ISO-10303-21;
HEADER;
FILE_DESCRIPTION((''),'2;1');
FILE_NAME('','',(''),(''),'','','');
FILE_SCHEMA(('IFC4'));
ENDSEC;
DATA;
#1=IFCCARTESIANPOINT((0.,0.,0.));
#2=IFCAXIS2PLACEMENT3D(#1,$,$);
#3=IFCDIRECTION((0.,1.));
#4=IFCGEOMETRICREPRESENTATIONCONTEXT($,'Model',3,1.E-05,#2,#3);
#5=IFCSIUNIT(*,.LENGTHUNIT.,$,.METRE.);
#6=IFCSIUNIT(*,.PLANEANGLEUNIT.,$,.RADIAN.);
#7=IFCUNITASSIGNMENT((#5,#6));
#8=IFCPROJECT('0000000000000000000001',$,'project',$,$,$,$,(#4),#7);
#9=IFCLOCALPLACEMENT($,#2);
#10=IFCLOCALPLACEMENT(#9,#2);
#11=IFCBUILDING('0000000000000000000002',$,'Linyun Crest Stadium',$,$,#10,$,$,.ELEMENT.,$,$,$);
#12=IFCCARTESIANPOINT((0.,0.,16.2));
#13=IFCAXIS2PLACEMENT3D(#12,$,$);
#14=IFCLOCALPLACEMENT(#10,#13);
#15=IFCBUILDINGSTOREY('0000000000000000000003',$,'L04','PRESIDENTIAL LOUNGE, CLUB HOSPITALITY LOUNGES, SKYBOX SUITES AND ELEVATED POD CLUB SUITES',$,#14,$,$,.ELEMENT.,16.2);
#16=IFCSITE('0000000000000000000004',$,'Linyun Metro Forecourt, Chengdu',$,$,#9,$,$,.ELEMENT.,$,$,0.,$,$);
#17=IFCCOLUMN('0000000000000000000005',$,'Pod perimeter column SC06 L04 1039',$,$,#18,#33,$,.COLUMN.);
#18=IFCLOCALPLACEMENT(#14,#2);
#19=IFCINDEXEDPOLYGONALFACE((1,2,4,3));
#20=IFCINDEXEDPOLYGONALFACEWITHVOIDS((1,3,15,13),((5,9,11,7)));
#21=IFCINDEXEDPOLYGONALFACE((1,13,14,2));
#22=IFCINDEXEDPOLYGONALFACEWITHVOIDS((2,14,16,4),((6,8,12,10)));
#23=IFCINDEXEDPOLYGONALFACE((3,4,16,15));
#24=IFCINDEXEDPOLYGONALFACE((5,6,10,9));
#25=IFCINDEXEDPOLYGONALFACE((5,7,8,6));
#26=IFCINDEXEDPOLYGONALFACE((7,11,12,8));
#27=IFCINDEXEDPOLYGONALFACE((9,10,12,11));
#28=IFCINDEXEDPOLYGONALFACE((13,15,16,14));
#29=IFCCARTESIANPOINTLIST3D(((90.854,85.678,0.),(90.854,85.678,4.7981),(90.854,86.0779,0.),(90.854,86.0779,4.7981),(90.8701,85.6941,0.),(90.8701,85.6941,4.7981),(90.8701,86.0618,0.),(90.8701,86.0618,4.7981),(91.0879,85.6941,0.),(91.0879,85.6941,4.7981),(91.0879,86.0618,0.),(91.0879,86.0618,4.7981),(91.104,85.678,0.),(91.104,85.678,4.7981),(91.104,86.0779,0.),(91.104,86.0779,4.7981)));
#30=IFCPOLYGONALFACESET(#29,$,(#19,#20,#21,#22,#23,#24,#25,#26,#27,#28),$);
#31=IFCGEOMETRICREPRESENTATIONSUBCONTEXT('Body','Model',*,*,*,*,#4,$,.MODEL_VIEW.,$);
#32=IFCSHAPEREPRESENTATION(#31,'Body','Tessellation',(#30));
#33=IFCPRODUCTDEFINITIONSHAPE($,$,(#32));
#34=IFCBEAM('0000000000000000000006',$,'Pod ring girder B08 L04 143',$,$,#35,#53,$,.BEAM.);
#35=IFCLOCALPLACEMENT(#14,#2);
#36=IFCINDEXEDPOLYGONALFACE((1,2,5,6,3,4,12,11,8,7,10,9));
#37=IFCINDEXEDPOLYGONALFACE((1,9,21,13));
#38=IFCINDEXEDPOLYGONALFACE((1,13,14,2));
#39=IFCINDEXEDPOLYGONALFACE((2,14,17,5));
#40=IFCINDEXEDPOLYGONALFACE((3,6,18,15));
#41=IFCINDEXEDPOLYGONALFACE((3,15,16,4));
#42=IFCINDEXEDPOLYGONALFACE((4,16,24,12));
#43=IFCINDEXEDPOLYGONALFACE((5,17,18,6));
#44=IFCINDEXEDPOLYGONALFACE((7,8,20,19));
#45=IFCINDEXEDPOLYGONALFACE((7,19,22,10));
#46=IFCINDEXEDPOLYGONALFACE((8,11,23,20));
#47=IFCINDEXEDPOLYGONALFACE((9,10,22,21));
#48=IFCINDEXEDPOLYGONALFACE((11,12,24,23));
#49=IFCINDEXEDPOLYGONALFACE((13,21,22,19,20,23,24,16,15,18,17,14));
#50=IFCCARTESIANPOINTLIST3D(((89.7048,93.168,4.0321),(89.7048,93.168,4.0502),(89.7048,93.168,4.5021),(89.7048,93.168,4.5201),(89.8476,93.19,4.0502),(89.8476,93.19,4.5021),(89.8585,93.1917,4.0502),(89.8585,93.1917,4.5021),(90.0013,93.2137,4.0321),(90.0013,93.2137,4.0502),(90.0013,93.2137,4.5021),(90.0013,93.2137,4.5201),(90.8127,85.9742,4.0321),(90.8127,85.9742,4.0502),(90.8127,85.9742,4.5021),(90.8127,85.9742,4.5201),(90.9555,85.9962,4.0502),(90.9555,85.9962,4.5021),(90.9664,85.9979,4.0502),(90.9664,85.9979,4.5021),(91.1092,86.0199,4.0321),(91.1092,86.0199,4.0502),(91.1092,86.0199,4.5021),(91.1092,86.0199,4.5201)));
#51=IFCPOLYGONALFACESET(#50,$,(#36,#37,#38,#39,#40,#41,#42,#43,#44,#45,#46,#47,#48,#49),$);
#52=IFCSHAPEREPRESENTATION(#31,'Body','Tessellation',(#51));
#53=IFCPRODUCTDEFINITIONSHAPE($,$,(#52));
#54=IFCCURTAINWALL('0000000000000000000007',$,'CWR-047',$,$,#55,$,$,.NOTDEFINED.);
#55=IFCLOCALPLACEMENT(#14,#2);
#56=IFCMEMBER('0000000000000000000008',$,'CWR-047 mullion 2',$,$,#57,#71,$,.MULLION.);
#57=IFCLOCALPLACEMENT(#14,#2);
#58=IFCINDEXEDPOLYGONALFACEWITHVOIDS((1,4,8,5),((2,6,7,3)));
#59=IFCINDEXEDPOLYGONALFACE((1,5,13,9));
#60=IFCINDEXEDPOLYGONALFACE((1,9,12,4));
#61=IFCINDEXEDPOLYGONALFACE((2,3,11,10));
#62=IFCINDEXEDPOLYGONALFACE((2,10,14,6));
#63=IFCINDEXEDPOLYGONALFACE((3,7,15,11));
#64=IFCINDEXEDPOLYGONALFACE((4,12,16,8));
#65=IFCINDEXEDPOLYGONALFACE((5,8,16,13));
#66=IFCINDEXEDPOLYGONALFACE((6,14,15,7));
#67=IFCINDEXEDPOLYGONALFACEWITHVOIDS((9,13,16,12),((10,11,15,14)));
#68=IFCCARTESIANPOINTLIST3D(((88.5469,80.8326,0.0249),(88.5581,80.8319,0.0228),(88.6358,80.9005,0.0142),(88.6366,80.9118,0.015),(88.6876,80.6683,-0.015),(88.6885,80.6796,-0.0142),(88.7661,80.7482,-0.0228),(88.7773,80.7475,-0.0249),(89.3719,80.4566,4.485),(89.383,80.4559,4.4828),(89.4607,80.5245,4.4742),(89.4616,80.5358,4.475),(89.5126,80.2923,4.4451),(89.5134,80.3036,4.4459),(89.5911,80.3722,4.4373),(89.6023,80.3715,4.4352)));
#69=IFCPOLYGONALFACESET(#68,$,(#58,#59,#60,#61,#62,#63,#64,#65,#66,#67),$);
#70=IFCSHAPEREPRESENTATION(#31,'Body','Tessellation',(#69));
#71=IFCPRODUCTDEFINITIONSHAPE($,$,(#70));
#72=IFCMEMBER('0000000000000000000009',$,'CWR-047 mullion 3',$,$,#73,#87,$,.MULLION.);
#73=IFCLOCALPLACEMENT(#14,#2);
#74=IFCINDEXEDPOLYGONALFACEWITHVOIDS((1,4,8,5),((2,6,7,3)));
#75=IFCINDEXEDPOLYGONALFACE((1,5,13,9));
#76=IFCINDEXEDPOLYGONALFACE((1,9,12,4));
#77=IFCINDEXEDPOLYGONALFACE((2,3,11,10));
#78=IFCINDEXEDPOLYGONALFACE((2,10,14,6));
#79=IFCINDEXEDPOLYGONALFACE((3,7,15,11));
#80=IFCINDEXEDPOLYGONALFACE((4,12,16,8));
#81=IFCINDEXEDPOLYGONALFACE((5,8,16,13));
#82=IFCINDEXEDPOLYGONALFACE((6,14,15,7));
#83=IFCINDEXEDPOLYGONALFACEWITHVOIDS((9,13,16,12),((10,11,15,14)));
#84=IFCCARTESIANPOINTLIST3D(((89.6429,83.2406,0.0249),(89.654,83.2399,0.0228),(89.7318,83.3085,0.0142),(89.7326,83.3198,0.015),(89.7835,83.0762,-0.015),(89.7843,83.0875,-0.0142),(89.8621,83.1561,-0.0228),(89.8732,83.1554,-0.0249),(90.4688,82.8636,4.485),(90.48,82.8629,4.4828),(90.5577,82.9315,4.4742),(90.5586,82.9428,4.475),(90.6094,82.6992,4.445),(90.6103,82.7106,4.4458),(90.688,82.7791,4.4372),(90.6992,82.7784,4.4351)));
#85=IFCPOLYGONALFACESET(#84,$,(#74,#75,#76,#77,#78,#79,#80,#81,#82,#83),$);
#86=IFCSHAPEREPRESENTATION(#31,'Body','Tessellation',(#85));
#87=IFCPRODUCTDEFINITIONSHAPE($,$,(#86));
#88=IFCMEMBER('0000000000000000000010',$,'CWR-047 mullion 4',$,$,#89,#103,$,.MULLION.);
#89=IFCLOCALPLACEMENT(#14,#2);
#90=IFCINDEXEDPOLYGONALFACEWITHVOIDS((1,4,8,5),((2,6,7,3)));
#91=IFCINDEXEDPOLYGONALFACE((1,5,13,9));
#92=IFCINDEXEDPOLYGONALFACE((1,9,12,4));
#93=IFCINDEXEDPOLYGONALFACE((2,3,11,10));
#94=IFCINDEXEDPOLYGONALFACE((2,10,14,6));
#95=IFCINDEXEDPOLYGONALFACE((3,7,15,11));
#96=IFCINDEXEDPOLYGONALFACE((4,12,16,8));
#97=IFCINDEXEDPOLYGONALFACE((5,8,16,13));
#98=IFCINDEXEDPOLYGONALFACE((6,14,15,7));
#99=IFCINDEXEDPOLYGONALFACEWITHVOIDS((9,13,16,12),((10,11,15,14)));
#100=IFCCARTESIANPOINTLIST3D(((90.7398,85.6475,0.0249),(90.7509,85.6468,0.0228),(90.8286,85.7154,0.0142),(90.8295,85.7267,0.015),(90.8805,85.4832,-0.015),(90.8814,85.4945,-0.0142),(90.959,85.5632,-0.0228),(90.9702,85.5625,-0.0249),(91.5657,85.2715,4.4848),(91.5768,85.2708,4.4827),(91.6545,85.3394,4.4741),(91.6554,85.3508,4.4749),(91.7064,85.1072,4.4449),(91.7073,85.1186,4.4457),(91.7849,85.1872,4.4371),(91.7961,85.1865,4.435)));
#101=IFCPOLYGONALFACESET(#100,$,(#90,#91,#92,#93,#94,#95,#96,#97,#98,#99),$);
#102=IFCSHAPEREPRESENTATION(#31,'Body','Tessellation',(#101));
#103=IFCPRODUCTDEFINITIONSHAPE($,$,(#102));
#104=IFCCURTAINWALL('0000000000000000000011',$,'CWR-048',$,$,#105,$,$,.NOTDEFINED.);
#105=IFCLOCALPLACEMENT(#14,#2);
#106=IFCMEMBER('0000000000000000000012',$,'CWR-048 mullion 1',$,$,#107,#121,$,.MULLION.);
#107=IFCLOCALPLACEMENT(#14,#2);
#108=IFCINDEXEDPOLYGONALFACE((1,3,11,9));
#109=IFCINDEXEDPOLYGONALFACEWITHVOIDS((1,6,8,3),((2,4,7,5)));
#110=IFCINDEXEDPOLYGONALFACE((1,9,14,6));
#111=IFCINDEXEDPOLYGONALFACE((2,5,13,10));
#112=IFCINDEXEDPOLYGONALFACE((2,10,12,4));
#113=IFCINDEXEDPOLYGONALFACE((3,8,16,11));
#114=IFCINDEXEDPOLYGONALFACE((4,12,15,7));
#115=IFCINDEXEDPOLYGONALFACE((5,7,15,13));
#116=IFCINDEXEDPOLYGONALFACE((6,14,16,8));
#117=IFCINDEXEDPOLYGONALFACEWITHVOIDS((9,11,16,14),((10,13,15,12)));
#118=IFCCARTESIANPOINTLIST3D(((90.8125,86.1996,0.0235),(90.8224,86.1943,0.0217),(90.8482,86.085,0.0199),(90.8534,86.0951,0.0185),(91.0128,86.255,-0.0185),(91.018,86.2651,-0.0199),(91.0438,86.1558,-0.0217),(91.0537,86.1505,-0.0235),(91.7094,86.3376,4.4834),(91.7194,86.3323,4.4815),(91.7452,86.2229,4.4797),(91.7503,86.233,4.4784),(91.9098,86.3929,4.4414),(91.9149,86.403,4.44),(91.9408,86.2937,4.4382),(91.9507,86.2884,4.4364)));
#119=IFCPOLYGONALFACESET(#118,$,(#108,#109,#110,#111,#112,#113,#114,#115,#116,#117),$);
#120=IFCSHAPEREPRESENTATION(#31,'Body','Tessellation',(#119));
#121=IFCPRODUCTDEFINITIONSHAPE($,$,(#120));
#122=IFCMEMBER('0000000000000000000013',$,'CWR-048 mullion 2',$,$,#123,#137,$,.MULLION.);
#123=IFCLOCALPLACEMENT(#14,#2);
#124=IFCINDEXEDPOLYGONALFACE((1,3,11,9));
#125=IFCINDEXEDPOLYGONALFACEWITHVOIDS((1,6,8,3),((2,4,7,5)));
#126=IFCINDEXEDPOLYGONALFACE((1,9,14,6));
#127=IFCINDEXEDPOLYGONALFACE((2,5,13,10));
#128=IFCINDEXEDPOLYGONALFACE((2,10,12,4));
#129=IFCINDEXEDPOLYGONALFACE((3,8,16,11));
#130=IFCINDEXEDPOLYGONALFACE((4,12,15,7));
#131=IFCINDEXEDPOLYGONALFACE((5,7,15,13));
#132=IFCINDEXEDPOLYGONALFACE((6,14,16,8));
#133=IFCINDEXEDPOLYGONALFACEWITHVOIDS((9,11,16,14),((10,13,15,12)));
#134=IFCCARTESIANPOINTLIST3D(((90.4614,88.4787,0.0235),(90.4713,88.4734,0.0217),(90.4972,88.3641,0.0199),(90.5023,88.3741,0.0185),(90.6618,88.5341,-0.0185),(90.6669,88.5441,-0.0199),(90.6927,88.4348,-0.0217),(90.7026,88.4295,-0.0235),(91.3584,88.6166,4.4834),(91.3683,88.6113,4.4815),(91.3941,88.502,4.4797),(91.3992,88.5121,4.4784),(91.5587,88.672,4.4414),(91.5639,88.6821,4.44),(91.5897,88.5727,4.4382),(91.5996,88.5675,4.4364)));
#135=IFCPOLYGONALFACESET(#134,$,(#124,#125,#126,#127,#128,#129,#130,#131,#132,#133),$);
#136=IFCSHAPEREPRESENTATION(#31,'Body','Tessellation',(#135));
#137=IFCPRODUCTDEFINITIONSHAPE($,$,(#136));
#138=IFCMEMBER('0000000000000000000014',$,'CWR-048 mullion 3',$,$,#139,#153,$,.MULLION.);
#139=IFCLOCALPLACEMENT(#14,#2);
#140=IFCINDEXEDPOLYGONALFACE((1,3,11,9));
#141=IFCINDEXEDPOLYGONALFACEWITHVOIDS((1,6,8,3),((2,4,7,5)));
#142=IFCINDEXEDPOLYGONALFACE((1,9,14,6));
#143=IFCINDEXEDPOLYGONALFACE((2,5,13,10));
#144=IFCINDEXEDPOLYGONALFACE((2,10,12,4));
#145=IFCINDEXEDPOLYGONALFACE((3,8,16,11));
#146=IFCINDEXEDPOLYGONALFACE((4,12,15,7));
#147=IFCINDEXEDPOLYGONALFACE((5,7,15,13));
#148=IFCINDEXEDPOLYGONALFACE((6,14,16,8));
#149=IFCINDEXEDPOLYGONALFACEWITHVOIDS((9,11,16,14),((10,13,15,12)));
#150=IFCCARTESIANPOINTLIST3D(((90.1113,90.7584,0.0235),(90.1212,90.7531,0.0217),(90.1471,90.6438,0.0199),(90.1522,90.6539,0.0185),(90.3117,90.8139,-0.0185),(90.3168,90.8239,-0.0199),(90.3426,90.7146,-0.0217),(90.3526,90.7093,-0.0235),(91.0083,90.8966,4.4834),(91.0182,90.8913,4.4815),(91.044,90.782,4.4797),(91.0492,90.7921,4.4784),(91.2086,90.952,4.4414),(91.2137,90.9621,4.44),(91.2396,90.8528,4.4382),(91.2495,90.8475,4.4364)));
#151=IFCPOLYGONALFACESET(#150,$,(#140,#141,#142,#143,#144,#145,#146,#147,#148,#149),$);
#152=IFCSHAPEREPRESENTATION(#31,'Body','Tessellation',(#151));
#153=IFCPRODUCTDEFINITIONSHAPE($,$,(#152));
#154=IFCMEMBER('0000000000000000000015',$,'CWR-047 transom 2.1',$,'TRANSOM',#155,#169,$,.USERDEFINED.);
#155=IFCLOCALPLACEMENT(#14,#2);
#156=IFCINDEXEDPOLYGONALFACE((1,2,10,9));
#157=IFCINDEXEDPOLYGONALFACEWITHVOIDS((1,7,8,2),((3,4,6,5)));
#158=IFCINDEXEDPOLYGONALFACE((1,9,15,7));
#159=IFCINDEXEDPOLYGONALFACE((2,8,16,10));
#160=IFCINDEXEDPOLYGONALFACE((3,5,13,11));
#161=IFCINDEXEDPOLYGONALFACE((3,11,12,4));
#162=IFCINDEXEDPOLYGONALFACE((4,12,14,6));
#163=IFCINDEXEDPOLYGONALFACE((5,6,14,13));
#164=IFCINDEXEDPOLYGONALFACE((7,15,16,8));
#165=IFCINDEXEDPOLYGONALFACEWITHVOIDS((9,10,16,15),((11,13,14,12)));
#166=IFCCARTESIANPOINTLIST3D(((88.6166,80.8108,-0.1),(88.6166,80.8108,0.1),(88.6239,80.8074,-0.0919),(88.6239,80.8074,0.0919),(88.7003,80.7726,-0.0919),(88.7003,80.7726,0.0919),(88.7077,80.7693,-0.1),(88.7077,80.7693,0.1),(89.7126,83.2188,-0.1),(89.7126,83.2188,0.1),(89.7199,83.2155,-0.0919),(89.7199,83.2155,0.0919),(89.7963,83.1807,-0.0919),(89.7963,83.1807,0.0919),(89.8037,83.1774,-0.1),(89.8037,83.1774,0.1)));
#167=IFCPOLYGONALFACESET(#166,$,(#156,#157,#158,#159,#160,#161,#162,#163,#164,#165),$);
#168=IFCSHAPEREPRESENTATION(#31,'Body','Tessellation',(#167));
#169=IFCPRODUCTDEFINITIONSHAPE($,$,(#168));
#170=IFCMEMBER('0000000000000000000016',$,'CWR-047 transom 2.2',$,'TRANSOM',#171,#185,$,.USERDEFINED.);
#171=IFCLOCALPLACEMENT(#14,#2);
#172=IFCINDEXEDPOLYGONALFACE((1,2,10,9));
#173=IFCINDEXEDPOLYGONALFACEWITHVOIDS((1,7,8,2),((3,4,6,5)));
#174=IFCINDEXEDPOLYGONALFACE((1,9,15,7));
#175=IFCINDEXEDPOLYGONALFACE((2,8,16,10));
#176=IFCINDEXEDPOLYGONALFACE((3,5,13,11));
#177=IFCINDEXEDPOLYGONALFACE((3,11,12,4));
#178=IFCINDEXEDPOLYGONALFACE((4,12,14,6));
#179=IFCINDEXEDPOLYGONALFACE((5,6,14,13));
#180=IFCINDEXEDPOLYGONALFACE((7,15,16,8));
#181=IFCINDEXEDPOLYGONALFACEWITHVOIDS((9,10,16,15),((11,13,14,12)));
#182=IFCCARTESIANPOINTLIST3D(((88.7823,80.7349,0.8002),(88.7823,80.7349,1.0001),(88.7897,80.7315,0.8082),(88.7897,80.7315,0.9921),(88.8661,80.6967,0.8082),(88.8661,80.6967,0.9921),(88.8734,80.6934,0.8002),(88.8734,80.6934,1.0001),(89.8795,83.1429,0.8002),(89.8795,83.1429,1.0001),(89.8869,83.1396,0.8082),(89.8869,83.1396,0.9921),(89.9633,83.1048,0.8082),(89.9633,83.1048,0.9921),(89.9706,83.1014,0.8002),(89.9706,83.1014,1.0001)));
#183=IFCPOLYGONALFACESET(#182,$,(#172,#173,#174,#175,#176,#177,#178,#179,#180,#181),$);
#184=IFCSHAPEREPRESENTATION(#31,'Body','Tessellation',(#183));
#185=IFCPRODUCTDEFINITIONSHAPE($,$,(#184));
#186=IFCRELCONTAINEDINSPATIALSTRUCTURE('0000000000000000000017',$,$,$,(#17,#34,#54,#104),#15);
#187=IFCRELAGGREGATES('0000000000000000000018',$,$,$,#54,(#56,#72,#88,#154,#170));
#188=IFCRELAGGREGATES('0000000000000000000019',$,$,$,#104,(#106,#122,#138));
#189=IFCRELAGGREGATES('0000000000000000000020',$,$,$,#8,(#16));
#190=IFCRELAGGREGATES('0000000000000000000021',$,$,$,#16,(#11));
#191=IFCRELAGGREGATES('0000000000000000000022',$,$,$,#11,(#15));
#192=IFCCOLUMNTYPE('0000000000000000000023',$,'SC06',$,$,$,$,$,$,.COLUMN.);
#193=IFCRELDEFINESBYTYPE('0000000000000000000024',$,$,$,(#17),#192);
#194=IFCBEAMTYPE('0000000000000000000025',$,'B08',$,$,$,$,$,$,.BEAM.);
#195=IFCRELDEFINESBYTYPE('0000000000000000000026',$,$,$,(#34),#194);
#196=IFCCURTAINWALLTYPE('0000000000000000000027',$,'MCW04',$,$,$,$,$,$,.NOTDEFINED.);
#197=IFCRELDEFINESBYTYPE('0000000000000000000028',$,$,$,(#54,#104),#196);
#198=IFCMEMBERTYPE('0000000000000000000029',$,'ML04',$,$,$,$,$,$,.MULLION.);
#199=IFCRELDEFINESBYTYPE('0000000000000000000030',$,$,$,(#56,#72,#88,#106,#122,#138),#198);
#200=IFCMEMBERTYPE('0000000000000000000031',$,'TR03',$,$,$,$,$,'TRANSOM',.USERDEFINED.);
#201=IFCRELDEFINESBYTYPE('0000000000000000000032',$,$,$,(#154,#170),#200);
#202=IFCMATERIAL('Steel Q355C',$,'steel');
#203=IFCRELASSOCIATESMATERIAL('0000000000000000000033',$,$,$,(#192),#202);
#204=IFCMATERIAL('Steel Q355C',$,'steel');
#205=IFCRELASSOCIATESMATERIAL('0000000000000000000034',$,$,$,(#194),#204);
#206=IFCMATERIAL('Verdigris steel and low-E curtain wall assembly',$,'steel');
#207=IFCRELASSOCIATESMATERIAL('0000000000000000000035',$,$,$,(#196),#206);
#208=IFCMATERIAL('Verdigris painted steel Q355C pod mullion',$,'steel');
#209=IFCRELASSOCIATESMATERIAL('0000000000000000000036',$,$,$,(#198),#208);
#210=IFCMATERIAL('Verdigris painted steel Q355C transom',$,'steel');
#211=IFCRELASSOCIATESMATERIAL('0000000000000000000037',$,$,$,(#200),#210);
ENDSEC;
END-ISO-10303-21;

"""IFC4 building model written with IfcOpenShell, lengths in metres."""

from ifc_helpers import new_model, si_unit, direction, frame, origin, origin_2d, place, context, subcontext, project, spatial, hollow_rectangle, i_section, extrude, material, material_profile, profile_set, type_object, element, aggregate, save


model = new_model("IFC4")

# Units and contexts
model_context = context("Model", 3, precision=1e-05, world=origin(), true_north=direction((0.0, 1.0)))
body_context = subcontext(model_context, "Body", "Model", "MODEL_VIEW")
ifc_project = project(units=[si_unit("LENGTHUNIT", "METRE"), si_unit("PLANEANGLEUNIT", "RADIAN")], contexts=[model_context])

# Site, building, storey
site_placement = place(None, origin())
site = spatial("IfcSite", under=ifc_project, at=site_placement, Name="Linyun Metro Forecourt, Chengdu", CompositionType="ELEMENT", RefElevation=0.0)
building_placement = place(site_placement, origin())
building = spatial("IfcBuilding", under=site, at=building_placement, Name="Linyun Crest Stadium", CompositionType="ELEMENT")
storey_placement = place(building_placement, frame((0.0, 0.0, 16.2)))
storey = spatial("IfcBuildingStorey", under=building, at=storey_placement, Name="L04", Description="PRESIDENTIAL LOUNGE, CLUB HOSPITALITY LOUNGES, SKYBOX SUITES AND ELEVATED POD CLUB SUITES", CompositionType="ELEMENT", Elevation=16.2)

# Column
ifc_material_1 = material(Name="Steel Q355C", Category="steel")
ifc_material_profile_1 = material_profile(ifc_material_1, hollow_rectangle(XDim=0.25, YDim=0.3999, WallThickness=0.0161, at=origin_2d()), Name="RHS 400x250x16")
ifc_profile_set_1 = profile_set([ifc_material_profile_1], Name="Steel Q355C")
column_type = type_object("IfcColumnType", Name="SC06", PredefinedType="COLUMN", material=ifc_profile_set_1)
column_placement = place(storey_placement, frame((90.979, 85.8779, 0.0), z_axis=(0.0, 0.0, 1.0), x_axis=(1.0, 0.0, 0.0)))
element("IfcColumn", 1, at=column_placement, inside=storey, type_object=column_type, Name="Pod perimeter column SC06 L04 1039", PredefinedType="COLUMN", context=body_context, shape_type="SweptSolid", body=[
    extrude(hollow_rectangle(XDim=0.25, YDim=0.3999, WallThickness=0.0161, at=origin_2d()), origin(), (0.0, 0.0, 1.0), 4.7981),
])

# Beam
ifc_material_2 = material(Name="Steel Q355C", Category="steel")
ifc_material_profile_2 = material_profile(ifc_material_2, i_section(OverallWidth=0.3, OverallDepth=0.488, WebThickness=0.011, FlangeThickness=0.0181, at=origin_2d()), Name="HM 488x300")
ifc_profile_set_2 = profile_set([ifc_material_profile_2], Name="Steel Q355C")
beam_type = type_object("IfcBeamType", Name="B08", PredefinedType="BEAM", material=ifc_profile_set_2)
beam_placement = place(storey_placement, frame((90.9609, 85.9971, 4.2761), z_axis=(-0.152213, 0.988348, 0.0), x_axis=(-0.988348, -0.152213, 0.0)))
element("IfcBeam", 2, at=beam_placement, inside=storey, type_object=beam_type, Name="Pod ring girder B08 L04 143", PredefinedType="BEAM", context=body_context, shape_type="SweptSolid", body=[
    extrude(i_section(OverallWidth=0.3, OverallDepth=0.488, WebThickness=0.011, FlangeThickness=0.0181, at=origin_2d()), origin(), (0.0, 0.0, 1.0), 7.2786),
])

# Curtain walls, members
ifc_material_3 = material(Name="Verdigris steel and low-E curtain wall assembly", Category="steel")
curtain_wall_type = type_object("IfcCurtainWallType", Name="MCW04", PredefinedType="NOTDEFINED", material=ifc_material_3)
curtain_wall_1_placement = place(storey_placement, origin())
curtain_wall_1 = element("IfcCurtainWall", 3, at=curtain_wall_1_placement, inside=storey, type_object=curtain_wall_type, Name="CWR-047", PredefinedType="NOTDEFINED")
ifc_material_4 = material(Name="Verdigris painted steel Q355C pod mullion", Category="steel")
ifc_material_profile_3 = material_profile(ifc_material_4, hollow_rectangle(XDim=0.1201, YDim=0.22, WallThickness=0.0081, at=origin_2d()), Name="RHS 220x120x8")
ifc_profile_set_3 = profile_set([ifc_material_profile_3], Name="Verdigris painted steel Q355C pod mullion")
member_type_1 = type_object("IfcMemberType", Name="ML04", PredefinedType="MULLION", material=ifc_profile_set_3)
member_1_placement = place(storey_placement, frame((88.6621, 80.79, 0.0), z_axis=(0.181261, -0.082611, 0.979959), x_axis=(-0.747052, -0.659617, 0.082575)))
member_1 = element("IfcMember", 4, at=member_1_placement, type_object=member_type_1, Name="CWR-047 mullion 2", PredefinedType="MULLION", context=body_context, shape_type="SweptSolid", body=[
    extrude(hollow_rectangle(XDim=0.1201, YDim=0.22, WallThickness=0.0081, at=origin_2d()), origin(), (0.0, 0.0, 1.0), 4.5513),
])
member_2_placement = place(storey_placement, frame((89.7581, 83.198, 0.0), z_axis=(0.181466, -0.082821, 0.979904), x_axis=(-0.747382, -0.659229, 0.082688)))
member_2 = element("IfcMember", 5, at=member_2_placement, type_object=member_type_1, Name="CWR-047 mullion 3", PredefinedType="MULLION", context=body_context, shape_type="SweptSolid", body=[
    extrude(hollow_rectangle(XDim=0.1201, YDim=0.22, WallThickness=0.0081, at=origin_2d()), origin(), (0.0, 0.0, 1.0), 4.5515),
])
member_3_placement = place(storey_placement, frame((90.855, 85.605, 0.0), z_axis=(0.181469, -0.082608, 0.979921), x_axis=(-0.746743, -0.659957, 0.082653)))
member_3 = element("IfcMember", 6, at=member_3_placement, type_object=member_type_1, Name="CWR-047 mullion 4", PredefinedType="MULLION", context=body_context, shape_type="SweptSolid", body=[
    extrude(hollow_rectangle(XDim=0.1201, YDim=0.22, WallThickness=0.0081, at=origin_2d()), origin(), (0.0, 0.0, 1.0), 4.5513),
])
curtain_wall_2_placement = place(storey_placement, origin())
curtain_wall_2 = element("IfcCurtainWall", 7, at=curtain_wall_2_placement, inside=storey, type_object=curtain_wall_type, Name="CWR-048", PredefinedType="NOTDEFINED")
member_4_placement = place(storey_placement, frame((90.9331, 86.175, 0.0), z_axis=(0.197078, 0.030307, 0.979919), x_axis=(0.297564, -0.95422, -0.030333)))
member_4 = element("IfcMember", 8, at=member_4_placement, type_object=member_type_1, Name="CWR-048 mullion 1", PredefinedType="MULLION", context=body_context, shape_type="SweptSolid", body=[
    extrude(hollow_rectangle(XDim=0.1201, YDim=0.22, WallThickness=0.0081, at=origin_2d()), origin(), (0.0, 0.0, 1.0), 4.5513),
])
member_5_placement = place(storey_placement, frame((90.582, 88.4541, 0.0), z_axis=(0.197078, 0.030307, 0.979919), x_axis=(0.297564, -0.95422, -0.030333)))
member_5 = element("IfcMember", 9, at=member_5_placement, type_object=member_type_1, Name="CWR-048 mullion 2", PredefinedType="MULLION", context=body_context, shape_type="SweptSolid", body=[
    extrude(hollow_rectangle(XDim=0.1201, YDim=0.22, WallThickness=0.0081, at=origin_2d()), origin(), (0.0, 0.0, 1.0), 4.5513),
])
member_6_placement = place(storey_placement, frame((90.2319, 90.7339, 0.0), z_axis=(0.197078, 0.030361, 0.979918), x_axis=(0.297818, -0.954141, -0.030334)))
member_6 = element("IfcMember", 10, at=member_6_placement, type_object=member_type_1, Name="CWR-048 mullion 3", PredefinedType="MULLION", context=body_context, shape_type="SweptSolid", body=[
    extrude(hollow_rectangle(XDim=0.1201, YDim=0.22, WallThickness=0.0081, at=origin_2d()), origin(), (0.0, 0.0, 1.0), 4.5513),
])

# Members
ifc_material_5 = material(Name="Verdigris painted steel Q355C transom", Category="steel")
ifc_material_profile_4 = material_profile(ifc_material_5, hollow_rectangle(XDim=0.1001, YDim=0.2, WallThickness=0.0081, at=origin_2d()), Name="RHS 200x100x8")
ifc_profile_set_4 = profile_set([ifc_material_profile_4], Name="Verdigris painted steel Q355C transom")
member_type_2 = type_object("IfcMemberType", Name="TR03", ElementType="TRANSOM", PredefinedType="USERDEFINED", material=ifc_profile_set_4)
member_7_placement = place(storey_placement, frame((88.6621, 80.79, 0.0), z_axis=(0.414248, 0.910164, 0.0), x_axis=(-0.910164, 0.414248, 0.0)))
member_7 = element("IfcMember", 11, at=member_7_placement, type_object=member_type_2, Name="CWR-047 transom 2.1", ObjectType="TRANSOM", PredefinedType="USERDEFINED", context=body_context, shape_type="SweptSolid", body=[
    extrude(hollow_rectangle(XDim=0.1001, YDim=0.2, WallThickness=0.0081, at=origin_2d()), origin(), (0.0, 0.0, 1.0), 2.6458),
])
member_8_placement = place(storey_placement, frame((88.8279, 80.7141, 0.9001), z_axis=(0.41463, 0.90999, 0.0), x_axis=(-0.90999, 0.41463, 0.0)))
member_8 = element("IfcMember", 12, at=member_8_placement, type_object=member_type_2, Name="CWR-047 transom 2.2", ObjectType="TRANSOM", PredefinedType="USERDEFINED", context=body_context, shape_type="SweptSolid", body=[
    extrude(hollow_rectangle(XDim=0.1001, YDim=0.2, WallThickness=0.0081, at=origin_2d()), origin(), (0.0, 0.0, 1.0), 2.6462),
])

aggregate(curtain_wall_1, [member_1, member_2, member_3, member_7, member_8])
aggregate(curtain_wall_2, [member_4, member_5, member_6])

save(model, "model.ifc")
